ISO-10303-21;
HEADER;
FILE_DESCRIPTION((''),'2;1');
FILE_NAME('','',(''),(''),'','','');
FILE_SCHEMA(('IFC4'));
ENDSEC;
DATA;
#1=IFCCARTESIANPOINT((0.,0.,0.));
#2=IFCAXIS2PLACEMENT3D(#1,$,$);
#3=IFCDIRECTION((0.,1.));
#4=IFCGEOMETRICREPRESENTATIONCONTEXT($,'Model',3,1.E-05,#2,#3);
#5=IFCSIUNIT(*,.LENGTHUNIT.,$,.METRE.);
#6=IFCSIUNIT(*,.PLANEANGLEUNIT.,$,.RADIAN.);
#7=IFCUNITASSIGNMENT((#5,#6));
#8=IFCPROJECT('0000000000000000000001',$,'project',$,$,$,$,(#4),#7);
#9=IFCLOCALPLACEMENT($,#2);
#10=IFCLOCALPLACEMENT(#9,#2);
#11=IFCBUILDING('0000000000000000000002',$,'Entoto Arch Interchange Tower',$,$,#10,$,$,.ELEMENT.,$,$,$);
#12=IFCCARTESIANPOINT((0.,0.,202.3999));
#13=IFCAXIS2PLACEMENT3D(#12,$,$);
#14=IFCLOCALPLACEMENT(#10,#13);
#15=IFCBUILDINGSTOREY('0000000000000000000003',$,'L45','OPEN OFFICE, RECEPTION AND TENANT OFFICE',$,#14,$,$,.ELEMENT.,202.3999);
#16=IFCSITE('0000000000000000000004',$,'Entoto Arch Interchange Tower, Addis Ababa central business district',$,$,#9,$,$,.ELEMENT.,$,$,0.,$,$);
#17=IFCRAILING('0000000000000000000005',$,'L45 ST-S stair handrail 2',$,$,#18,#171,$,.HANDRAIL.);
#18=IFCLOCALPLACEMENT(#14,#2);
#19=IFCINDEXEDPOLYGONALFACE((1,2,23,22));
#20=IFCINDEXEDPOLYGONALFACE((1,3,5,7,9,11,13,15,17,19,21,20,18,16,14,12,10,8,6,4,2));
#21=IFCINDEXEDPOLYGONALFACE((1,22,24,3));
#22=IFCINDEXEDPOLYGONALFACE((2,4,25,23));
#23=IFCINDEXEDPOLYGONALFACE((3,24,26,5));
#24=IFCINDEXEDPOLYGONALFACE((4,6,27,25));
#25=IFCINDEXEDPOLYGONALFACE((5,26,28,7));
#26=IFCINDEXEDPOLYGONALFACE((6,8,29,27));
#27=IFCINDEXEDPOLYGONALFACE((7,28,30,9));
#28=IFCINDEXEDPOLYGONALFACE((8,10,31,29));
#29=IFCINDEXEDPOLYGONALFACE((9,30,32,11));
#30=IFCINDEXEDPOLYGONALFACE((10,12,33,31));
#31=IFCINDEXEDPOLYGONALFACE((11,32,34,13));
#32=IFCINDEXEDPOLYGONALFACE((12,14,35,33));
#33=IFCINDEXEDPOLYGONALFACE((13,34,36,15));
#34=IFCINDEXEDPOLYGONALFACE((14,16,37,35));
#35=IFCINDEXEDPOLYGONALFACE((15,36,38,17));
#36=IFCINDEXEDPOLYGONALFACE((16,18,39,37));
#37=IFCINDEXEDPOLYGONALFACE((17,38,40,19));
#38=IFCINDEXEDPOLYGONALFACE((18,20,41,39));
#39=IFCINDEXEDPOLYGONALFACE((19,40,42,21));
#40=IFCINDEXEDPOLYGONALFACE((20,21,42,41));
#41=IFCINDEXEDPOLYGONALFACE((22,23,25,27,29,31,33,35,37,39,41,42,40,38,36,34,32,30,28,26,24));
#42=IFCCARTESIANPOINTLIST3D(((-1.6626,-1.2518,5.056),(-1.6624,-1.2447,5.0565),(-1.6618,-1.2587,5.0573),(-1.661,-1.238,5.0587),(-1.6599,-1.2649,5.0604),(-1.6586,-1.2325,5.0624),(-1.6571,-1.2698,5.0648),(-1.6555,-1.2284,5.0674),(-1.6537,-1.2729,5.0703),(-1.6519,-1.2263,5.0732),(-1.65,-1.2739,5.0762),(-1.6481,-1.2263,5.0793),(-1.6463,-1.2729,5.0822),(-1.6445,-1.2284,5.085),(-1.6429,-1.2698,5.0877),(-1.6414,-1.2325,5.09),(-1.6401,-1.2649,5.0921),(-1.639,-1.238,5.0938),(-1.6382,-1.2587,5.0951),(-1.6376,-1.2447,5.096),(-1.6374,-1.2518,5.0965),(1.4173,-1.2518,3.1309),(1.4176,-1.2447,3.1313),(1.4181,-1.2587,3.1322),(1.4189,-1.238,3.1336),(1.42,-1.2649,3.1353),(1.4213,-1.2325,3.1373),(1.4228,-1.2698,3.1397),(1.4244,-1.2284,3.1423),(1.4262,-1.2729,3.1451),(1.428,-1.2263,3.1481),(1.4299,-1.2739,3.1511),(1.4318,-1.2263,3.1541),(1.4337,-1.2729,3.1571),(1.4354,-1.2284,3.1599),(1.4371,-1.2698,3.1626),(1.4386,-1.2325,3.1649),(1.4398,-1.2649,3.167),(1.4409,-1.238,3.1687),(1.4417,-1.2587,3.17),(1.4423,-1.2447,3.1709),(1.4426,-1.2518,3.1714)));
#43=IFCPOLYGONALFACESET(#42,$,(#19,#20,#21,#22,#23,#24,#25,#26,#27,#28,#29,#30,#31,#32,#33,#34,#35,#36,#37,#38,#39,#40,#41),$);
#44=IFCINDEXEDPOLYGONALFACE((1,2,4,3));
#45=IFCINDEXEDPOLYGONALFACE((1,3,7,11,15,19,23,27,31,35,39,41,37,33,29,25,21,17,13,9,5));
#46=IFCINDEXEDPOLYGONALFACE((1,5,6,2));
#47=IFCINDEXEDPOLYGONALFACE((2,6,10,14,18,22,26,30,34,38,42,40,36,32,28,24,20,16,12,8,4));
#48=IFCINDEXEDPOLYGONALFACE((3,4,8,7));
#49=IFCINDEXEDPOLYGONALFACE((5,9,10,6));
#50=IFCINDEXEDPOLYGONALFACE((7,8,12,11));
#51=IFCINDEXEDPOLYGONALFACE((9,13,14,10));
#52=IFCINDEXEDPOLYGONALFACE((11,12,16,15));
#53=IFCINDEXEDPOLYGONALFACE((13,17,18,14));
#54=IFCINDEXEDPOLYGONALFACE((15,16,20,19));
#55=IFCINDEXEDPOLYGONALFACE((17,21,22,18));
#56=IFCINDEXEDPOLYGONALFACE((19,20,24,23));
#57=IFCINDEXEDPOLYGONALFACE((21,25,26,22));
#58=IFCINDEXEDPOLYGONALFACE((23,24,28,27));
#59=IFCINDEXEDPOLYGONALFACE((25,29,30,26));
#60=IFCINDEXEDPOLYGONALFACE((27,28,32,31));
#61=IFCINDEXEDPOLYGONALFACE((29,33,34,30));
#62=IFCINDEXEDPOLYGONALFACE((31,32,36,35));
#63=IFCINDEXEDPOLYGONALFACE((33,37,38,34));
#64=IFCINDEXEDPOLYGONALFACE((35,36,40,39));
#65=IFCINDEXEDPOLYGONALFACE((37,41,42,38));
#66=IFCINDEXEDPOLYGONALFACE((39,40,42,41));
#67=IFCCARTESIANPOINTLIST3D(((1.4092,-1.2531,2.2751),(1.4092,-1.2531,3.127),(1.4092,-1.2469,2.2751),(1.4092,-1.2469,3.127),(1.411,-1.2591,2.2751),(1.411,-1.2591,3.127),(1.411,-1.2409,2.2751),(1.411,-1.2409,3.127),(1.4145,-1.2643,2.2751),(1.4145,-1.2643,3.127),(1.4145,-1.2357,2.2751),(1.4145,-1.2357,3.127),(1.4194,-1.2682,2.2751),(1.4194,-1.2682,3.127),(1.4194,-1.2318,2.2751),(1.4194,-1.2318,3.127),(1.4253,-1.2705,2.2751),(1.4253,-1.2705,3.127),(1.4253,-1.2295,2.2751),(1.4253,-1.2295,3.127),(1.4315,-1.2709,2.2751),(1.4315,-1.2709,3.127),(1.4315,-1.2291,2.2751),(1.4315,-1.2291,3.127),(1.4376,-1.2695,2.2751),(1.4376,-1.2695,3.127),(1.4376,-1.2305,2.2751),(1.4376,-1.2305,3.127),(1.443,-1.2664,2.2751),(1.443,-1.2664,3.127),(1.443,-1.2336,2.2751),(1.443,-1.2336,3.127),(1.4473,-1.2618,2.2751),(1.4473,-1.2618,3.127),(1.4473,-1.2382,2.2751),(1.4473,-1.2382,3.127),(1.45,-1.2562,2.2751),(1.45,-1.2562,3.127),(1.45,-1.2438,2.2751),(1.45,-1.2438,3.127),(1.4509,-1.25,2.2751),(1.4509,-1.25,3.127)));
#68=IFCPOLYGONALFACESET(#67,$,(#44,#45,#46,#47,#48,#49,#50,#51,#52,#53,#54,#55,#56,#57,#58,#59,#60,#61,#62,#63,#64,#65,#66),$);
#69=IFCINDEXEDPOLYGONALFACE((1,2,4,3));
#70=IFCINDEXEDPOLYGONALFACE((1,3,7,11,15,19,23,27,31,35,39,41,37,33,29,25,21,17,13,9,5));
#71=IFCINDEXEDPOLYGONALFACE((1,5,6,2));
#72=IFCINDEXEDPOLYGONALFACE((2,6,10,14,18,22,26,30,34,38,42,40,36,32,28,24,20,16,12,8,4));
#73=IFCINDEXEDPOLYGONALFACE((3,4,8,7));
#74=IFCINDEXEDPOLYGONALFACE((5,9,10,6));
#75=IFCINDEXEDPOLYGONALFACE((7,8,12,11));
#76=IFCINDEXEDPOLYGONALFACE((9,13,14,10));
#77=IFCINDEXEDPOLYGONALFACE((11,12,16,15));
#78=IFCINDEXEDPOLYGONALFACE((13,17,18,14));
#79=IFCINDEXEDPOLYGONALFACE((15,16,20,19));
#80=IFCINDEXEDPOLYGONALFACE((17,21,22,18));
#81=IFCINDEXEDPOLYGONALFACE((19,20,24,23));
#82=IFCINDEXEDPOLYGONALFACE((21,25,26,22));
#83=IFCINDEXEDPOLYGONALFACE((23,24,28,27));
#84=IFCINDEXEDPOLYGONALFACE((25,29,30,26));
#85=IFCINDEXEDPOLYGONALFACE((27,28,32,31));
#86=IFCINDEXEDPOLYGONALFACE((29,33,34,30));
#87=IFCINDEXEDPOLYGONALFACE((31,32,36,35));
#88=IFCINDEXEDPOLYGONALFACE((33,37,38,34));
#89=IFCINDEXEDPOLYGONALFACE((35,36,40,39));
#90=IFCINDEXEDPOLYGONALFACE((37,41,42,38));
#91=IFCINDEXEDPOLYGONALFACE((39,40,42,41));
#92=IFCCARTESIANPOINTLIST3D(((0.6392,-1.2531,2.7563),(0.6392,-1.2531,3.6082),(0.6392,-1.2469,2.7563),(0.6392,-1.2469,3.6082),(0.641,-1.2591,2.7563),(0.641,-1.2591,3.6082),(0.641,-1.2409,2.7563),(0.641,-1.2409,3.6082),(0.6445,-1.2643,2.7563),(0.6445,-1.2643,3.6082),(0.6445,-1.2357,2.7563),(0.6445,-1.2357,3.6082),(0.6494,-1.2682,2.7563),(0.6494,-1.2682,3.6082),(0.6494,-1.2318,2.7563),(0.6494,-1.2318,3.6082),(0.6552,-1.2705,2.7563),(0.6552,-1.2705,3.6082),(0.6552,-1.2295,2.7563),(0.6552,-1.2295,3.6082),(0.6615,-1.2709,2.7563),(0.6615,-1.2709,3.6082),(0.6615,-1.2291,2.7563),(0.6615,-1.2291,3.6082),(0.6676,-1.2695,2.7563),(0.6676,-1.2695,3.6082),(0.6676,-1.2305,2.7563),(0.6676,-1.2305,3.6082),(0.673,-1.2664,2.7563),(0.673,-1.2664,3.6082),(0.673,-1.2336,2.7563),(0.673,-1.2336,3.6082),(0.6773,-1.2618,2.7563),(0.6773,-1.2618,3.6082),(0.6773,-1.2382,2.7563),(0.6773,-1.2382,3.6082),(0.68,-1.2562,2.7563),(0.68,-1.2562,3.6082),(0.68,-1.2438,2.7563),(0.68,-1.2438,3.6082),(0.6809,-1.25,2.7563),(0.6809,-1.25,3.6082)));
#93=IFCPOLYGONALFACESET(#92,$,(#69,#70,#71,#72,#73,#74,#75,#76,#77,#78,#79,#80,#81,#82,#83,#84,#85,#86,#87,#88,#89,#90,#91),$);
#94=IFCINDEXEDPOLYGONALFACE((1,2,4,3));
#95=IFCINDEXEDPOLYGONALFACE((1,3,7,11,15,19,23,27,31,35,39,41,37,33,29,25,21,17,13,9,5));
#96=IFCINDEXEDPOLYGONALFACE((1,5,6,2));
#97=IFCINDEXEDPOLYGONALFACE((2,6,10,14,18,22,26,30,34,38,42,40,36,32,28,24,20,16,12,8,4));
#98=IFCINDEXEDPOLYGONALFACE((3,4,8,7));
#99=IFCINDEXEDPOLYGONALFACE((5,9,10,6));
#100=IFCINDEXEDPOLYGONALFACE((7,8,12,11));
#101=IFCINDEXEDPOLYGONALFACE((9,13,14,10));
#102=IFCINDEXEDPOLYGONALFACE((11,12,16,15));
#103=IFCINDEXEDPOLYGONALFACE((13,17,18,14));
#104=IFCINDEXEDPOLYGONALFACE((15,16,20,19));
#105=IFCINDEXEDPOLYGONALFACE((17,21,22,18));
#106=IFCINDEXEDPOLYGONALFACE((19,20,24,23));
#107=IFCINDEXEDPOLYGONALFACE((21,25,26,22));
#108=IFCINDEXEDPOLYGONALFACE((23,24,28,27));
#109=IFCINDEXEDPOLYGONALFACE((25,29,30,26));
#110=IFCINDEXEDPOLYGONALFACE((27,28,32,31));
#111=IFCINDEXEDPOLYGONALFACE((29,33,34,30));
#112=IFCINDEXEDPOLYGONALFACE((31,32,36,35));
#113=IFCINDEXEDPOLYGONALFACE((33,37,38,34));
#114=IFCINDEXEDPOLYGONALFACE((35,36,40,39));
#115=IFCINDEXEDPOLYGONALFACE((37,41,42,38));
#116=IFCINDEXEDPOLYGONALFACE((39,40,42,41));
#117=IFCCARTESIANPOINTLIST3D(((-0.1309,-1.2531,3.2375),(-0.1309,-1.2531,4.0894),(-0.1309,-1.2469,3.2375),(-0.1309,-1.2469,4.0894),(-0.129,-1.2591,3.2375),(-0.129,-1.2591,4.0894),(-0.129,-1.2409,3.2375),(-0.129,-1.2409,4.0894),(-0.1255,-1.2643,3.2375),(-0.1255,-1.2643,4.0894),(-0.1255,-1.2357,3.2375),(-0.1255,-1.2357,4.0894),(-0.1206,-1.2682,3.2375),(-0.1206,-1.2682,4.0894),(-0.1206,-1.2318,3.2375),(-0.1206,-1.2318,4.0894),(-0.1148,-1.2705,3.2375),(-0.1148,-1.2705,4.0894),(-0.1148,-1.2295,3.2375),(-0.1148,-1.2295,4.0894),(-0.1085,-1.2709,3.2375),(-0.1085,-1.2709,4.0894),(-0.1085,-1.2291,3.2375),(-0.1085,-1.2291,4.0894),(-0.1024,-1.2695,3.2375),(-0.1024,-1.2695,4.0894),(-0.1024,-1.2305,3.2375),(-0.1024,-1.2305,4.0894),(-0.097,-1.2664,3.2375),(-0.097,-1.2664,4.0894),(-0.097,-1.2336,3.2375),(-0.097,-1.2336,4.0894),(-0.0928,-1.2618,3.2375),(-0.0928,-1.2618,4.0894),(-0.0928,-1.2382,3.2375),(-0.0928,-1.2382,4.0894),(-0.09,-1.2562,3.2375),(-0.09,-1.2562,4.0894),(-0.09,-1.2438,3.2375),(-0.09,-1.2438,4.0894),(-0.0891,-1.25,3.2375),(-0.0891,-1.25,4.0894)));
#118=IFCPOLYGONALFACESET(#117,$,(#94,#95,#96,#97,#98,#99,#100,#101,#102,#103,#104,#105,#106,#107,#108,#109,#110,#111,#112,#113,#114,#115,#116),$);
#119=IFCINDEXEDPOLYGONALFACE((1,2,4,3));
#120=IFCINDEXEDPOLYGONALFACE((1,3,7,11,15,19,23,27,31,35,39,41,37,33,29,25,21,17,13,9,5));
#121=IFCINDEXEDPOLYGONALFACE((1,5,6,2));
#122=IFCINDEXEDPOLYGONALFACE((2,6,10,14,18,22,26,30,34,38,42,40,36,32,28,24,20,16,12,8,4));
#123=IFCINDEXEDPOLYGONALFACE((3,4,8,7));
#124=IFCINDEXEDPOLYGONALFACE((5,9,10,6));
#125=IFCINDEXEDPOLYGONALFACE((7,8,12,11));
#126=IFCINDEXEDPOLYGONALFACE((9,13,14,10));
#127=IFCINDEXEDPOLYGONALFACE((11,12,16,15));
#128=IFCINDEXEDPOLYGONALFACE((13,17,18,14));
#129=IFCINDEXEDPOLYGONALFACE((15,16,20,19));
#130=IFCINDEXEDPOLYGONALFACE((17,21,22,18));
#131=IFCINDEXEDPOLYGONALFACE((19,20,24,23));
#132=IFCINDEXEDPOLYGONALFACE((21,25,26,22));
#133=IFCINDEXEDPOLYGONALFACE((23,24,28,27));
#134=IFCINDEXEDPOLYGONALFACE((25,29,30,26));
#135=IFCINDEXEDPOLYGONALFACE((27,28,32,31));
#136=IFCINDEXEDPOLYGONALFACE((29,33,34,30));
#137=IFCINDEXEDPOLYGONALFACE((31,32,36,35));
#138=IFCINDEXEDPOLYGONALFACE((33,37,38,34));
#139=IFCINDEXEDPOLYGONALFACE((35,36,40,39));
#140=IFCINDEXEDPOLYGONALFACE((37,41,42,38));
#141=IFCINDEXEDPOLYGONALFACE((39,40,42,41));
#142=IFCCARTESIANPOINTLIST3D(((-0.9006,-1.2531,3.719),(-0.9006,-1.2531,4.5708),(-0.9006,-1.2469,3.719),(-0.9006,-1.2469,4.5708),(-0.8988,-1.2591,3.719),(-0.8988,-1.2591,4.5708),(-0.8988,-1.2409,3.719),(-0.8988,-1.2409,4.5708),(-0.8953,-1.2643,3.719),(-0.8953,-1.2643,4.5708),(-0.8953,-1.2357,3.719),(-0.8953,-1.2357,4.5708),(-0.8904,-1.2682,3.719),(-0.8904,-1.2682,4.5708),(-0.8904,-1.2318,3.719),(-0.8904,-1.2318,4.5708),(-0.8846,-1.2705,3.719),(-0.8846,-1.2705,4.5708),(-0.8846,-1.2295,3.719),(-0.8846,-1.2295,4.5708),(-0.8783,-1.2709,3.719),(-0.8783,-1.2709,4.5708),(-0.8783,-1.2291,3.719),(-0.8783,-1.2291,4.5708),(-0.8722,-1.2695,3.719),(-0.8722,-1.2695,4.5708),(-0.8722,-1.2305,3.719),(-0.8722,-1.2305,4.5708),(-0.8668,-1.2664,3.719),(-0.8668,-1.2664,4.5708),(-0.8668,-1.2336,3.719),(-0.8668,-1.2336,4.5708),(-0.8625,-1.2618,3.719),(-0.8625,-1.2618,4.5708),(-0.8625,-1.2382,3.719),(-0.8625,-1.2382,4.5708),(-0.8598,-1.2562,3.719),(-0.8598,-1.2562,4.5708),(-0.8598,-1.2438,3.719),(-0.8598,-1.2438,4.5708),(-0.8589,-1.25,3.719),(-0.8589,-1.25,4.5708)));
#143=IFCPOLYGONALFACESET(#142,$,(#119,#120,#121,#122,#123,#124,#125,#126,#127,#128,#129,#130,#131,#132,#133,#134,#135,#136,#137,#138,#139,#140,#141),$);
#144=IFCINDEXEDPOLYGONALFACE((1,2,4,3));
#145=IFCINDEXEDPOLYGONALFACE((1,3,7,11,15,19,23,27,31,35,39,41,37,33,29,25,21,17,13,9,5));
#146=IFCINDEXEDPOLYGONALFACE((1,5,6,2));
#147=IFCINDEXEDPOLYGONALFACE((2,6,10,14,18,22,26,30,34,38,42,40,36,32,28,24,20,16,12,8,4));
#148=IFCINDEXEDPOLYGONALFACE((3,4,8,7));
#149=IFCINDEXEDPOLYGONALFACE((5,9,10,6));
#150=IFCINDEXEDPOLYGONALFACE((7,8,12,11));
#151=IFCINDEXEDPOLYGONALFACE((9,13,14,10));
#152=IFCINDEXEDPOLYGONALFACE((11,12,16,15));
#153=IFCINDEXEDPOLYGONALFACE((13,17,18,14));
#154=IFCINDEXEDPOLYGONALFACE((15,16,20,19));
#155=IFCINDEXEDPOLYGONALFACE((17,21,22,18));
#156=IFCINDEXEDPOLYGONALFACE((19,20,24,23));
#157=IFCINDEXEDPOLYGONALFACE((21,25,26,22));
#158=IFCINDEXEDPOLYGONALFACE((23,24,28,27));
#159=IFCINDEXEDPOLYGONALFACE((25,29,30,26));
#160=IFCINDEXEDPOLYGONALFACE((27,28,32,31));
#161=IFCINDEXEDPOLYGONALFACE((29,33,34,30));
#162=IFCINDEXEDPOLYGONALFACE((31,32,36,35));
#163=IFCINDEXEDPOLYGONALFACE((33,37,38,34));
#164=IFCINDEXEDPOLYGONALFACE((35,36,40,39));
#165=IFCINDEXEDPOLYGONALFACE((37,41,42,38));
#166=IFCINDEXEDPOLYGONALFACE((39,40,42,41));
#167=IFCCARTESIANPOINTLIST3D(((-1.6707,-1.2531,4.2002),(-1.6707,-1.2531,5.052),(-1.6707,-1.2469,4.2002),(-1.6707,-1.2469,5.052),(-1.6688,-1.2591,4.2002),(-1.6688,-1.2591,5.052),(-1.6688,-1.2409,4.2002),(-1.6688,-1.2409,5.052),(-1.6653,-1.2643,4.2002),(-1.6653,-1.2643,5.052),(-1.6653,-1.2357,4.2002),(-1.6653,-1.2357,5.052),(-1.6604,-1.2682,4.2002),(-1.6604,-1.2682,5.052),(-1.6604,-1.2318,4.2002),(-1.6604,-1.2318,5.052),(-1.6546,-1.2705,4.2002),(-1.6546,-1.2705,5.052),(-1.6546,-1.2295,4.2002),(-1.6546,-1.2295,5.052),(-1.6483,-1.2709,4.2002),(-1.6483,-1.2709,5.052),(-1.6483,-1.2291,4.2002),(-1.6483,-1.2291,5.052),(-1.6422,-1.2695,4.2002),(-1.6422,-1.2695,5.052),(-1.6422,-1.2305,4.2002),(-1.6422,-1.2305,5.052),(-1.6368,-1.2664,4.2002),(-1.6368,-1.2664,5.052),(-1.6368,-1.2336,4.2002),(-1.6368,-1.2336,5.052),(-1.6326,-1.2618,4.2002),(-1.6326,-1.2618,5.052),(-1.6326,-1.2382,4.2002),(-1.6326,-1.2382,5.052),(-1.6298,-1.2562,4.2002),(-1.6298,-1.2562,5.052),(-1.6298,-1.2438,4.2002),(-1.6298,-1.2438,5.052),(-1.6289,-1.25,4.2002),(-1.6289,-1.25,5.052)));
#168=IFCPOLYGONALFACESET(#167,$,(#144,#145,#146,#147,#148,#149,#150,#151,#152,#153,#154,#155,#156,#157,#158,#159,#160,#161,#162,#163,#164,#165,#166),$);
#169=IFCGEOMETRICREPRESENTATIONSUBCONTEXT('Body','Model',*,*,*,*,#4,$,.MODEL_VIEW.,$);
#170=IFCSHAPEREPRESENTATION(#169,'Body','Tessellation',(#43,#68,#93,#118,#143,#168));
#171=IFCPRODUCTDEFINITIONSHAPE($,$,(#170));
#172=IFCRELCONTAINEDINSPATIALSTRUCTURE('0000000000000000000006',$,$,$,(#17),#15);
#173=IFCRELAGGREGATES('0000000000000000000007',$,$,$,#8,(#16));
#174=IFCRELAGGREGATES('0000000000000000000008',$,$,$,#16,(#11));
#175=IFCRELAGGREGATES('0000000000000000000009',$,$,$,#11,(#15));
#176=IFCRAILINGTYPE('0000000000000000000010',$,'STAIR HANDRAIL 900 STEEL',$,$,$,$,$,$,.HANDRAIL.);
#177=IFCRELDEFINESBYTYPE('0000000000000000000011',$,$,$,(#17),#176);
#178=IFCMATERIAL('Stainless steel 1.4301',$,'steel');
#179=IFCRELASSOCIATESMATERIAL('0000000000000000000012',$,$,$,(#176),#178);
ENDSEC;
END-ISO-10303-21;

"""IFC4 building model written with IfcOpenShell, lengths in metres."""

from ifc_helpers import new_model, si_unit, direction, frame, origin, origin_2d, place, context, subcontext, project, spatial, circle, extrude, material, type_object, element, save


model = new_model("IFC4")

# Units and contexts
model_context = context("Model", 3, precision=1e-05, world=origin(), true_north=direction((0.0, 1.0)))
body_context = subcontext(model_context, "Body", "Model", "MODEL_VIEW")
ifc_project = project(units=[si_unit("LENGTHUNIT", "METRE"), si_unit("PLANEANGLEUNIT", "RADIAN")], contexts=[model_context])

# Site, building, storey
site_placement = place(None, origin())
site = spatial("IfcSite", under=ifc_project, at=site_placement, Name="Entoto Arch Interchange Tower, Addis Ababa central business district", CompositionType="ELEMENT", RefElevation=0.0)
building_placement = place(site_placement, origin())
building = spatial("IfcBuilding", under=site, at=building_placement, Name="Entoto Arch Interchange Tower", CompositionType="ELEMENT")
storey_placement = place(building_placement, frame((0.0, 0.0, 202.3999)))
storey = spatial("IfcBuildingStorey", under=building, at=storey_placement, Name="L45", Description="OPEN OFFICE, RECEPTION AND TENANT OFFICE", CompositionType="ELEMENT", Elevation=202.3999)

# Railing
ifc_material_1 = material(Name="Stainless steel 1.4301", Category="steel")
railing_type_1 = type_object("IfcRailingType", Name="STAIR HANDRAIL 900 STEEL", PredefinedType="HANDRAIL", material=ifc_material_1)
railing_1_placement = place(storey_placement, frame((1.4299, -1.25, 2.2751)))
element("IfcRailing", 1, at=railing_1_placement, inside=storey, type_object=railing_type_1, Name="L45 ST-S stair handrail 2", PredefinedType="HANDRAIL", context=body_context, shape_type="SweptSolid", body=[
    extrude(circle(Radius=0.0239, at=origin_2d()), frame((0.0, 0.0, 0.876), z_axis=(-0.847979, 0.0, 0.530029), x_axis=(0.0, -1.0, 0.0)), (0.0, 0.0, 1.0), 3.6321),
    extrude(circle(Radius=0.021, at=origin_2d()), origin(), (0.0, 0.0, 1.0), 0.8518),
    extrude(circle(Radius=0.021, at=origin_2d()), frame((-0.77, 0.0, 0.4812)), (0.0, 0.0, 1.0), 0.8518),
    extrude(circle(Radius=0.021, at=origin_2d()), frame((-1.54, 0.0, 0.9624)), (0.0, 0.0, 1.0), 0.8518),
    extrude(circle(Radius=0.021, at=origin_2d()), frame((-2.3098, 0.0, 1.4438)), (0.0, 0.0, 1.0), 0.8518),
    extrude(circle(Radius=0.021, at=origin_2d()), frame((-3.0798, 0.0, 1.925)), (0.0, 0.0, 1.0), 0.8518),
])

save(model, "model.ifc")
